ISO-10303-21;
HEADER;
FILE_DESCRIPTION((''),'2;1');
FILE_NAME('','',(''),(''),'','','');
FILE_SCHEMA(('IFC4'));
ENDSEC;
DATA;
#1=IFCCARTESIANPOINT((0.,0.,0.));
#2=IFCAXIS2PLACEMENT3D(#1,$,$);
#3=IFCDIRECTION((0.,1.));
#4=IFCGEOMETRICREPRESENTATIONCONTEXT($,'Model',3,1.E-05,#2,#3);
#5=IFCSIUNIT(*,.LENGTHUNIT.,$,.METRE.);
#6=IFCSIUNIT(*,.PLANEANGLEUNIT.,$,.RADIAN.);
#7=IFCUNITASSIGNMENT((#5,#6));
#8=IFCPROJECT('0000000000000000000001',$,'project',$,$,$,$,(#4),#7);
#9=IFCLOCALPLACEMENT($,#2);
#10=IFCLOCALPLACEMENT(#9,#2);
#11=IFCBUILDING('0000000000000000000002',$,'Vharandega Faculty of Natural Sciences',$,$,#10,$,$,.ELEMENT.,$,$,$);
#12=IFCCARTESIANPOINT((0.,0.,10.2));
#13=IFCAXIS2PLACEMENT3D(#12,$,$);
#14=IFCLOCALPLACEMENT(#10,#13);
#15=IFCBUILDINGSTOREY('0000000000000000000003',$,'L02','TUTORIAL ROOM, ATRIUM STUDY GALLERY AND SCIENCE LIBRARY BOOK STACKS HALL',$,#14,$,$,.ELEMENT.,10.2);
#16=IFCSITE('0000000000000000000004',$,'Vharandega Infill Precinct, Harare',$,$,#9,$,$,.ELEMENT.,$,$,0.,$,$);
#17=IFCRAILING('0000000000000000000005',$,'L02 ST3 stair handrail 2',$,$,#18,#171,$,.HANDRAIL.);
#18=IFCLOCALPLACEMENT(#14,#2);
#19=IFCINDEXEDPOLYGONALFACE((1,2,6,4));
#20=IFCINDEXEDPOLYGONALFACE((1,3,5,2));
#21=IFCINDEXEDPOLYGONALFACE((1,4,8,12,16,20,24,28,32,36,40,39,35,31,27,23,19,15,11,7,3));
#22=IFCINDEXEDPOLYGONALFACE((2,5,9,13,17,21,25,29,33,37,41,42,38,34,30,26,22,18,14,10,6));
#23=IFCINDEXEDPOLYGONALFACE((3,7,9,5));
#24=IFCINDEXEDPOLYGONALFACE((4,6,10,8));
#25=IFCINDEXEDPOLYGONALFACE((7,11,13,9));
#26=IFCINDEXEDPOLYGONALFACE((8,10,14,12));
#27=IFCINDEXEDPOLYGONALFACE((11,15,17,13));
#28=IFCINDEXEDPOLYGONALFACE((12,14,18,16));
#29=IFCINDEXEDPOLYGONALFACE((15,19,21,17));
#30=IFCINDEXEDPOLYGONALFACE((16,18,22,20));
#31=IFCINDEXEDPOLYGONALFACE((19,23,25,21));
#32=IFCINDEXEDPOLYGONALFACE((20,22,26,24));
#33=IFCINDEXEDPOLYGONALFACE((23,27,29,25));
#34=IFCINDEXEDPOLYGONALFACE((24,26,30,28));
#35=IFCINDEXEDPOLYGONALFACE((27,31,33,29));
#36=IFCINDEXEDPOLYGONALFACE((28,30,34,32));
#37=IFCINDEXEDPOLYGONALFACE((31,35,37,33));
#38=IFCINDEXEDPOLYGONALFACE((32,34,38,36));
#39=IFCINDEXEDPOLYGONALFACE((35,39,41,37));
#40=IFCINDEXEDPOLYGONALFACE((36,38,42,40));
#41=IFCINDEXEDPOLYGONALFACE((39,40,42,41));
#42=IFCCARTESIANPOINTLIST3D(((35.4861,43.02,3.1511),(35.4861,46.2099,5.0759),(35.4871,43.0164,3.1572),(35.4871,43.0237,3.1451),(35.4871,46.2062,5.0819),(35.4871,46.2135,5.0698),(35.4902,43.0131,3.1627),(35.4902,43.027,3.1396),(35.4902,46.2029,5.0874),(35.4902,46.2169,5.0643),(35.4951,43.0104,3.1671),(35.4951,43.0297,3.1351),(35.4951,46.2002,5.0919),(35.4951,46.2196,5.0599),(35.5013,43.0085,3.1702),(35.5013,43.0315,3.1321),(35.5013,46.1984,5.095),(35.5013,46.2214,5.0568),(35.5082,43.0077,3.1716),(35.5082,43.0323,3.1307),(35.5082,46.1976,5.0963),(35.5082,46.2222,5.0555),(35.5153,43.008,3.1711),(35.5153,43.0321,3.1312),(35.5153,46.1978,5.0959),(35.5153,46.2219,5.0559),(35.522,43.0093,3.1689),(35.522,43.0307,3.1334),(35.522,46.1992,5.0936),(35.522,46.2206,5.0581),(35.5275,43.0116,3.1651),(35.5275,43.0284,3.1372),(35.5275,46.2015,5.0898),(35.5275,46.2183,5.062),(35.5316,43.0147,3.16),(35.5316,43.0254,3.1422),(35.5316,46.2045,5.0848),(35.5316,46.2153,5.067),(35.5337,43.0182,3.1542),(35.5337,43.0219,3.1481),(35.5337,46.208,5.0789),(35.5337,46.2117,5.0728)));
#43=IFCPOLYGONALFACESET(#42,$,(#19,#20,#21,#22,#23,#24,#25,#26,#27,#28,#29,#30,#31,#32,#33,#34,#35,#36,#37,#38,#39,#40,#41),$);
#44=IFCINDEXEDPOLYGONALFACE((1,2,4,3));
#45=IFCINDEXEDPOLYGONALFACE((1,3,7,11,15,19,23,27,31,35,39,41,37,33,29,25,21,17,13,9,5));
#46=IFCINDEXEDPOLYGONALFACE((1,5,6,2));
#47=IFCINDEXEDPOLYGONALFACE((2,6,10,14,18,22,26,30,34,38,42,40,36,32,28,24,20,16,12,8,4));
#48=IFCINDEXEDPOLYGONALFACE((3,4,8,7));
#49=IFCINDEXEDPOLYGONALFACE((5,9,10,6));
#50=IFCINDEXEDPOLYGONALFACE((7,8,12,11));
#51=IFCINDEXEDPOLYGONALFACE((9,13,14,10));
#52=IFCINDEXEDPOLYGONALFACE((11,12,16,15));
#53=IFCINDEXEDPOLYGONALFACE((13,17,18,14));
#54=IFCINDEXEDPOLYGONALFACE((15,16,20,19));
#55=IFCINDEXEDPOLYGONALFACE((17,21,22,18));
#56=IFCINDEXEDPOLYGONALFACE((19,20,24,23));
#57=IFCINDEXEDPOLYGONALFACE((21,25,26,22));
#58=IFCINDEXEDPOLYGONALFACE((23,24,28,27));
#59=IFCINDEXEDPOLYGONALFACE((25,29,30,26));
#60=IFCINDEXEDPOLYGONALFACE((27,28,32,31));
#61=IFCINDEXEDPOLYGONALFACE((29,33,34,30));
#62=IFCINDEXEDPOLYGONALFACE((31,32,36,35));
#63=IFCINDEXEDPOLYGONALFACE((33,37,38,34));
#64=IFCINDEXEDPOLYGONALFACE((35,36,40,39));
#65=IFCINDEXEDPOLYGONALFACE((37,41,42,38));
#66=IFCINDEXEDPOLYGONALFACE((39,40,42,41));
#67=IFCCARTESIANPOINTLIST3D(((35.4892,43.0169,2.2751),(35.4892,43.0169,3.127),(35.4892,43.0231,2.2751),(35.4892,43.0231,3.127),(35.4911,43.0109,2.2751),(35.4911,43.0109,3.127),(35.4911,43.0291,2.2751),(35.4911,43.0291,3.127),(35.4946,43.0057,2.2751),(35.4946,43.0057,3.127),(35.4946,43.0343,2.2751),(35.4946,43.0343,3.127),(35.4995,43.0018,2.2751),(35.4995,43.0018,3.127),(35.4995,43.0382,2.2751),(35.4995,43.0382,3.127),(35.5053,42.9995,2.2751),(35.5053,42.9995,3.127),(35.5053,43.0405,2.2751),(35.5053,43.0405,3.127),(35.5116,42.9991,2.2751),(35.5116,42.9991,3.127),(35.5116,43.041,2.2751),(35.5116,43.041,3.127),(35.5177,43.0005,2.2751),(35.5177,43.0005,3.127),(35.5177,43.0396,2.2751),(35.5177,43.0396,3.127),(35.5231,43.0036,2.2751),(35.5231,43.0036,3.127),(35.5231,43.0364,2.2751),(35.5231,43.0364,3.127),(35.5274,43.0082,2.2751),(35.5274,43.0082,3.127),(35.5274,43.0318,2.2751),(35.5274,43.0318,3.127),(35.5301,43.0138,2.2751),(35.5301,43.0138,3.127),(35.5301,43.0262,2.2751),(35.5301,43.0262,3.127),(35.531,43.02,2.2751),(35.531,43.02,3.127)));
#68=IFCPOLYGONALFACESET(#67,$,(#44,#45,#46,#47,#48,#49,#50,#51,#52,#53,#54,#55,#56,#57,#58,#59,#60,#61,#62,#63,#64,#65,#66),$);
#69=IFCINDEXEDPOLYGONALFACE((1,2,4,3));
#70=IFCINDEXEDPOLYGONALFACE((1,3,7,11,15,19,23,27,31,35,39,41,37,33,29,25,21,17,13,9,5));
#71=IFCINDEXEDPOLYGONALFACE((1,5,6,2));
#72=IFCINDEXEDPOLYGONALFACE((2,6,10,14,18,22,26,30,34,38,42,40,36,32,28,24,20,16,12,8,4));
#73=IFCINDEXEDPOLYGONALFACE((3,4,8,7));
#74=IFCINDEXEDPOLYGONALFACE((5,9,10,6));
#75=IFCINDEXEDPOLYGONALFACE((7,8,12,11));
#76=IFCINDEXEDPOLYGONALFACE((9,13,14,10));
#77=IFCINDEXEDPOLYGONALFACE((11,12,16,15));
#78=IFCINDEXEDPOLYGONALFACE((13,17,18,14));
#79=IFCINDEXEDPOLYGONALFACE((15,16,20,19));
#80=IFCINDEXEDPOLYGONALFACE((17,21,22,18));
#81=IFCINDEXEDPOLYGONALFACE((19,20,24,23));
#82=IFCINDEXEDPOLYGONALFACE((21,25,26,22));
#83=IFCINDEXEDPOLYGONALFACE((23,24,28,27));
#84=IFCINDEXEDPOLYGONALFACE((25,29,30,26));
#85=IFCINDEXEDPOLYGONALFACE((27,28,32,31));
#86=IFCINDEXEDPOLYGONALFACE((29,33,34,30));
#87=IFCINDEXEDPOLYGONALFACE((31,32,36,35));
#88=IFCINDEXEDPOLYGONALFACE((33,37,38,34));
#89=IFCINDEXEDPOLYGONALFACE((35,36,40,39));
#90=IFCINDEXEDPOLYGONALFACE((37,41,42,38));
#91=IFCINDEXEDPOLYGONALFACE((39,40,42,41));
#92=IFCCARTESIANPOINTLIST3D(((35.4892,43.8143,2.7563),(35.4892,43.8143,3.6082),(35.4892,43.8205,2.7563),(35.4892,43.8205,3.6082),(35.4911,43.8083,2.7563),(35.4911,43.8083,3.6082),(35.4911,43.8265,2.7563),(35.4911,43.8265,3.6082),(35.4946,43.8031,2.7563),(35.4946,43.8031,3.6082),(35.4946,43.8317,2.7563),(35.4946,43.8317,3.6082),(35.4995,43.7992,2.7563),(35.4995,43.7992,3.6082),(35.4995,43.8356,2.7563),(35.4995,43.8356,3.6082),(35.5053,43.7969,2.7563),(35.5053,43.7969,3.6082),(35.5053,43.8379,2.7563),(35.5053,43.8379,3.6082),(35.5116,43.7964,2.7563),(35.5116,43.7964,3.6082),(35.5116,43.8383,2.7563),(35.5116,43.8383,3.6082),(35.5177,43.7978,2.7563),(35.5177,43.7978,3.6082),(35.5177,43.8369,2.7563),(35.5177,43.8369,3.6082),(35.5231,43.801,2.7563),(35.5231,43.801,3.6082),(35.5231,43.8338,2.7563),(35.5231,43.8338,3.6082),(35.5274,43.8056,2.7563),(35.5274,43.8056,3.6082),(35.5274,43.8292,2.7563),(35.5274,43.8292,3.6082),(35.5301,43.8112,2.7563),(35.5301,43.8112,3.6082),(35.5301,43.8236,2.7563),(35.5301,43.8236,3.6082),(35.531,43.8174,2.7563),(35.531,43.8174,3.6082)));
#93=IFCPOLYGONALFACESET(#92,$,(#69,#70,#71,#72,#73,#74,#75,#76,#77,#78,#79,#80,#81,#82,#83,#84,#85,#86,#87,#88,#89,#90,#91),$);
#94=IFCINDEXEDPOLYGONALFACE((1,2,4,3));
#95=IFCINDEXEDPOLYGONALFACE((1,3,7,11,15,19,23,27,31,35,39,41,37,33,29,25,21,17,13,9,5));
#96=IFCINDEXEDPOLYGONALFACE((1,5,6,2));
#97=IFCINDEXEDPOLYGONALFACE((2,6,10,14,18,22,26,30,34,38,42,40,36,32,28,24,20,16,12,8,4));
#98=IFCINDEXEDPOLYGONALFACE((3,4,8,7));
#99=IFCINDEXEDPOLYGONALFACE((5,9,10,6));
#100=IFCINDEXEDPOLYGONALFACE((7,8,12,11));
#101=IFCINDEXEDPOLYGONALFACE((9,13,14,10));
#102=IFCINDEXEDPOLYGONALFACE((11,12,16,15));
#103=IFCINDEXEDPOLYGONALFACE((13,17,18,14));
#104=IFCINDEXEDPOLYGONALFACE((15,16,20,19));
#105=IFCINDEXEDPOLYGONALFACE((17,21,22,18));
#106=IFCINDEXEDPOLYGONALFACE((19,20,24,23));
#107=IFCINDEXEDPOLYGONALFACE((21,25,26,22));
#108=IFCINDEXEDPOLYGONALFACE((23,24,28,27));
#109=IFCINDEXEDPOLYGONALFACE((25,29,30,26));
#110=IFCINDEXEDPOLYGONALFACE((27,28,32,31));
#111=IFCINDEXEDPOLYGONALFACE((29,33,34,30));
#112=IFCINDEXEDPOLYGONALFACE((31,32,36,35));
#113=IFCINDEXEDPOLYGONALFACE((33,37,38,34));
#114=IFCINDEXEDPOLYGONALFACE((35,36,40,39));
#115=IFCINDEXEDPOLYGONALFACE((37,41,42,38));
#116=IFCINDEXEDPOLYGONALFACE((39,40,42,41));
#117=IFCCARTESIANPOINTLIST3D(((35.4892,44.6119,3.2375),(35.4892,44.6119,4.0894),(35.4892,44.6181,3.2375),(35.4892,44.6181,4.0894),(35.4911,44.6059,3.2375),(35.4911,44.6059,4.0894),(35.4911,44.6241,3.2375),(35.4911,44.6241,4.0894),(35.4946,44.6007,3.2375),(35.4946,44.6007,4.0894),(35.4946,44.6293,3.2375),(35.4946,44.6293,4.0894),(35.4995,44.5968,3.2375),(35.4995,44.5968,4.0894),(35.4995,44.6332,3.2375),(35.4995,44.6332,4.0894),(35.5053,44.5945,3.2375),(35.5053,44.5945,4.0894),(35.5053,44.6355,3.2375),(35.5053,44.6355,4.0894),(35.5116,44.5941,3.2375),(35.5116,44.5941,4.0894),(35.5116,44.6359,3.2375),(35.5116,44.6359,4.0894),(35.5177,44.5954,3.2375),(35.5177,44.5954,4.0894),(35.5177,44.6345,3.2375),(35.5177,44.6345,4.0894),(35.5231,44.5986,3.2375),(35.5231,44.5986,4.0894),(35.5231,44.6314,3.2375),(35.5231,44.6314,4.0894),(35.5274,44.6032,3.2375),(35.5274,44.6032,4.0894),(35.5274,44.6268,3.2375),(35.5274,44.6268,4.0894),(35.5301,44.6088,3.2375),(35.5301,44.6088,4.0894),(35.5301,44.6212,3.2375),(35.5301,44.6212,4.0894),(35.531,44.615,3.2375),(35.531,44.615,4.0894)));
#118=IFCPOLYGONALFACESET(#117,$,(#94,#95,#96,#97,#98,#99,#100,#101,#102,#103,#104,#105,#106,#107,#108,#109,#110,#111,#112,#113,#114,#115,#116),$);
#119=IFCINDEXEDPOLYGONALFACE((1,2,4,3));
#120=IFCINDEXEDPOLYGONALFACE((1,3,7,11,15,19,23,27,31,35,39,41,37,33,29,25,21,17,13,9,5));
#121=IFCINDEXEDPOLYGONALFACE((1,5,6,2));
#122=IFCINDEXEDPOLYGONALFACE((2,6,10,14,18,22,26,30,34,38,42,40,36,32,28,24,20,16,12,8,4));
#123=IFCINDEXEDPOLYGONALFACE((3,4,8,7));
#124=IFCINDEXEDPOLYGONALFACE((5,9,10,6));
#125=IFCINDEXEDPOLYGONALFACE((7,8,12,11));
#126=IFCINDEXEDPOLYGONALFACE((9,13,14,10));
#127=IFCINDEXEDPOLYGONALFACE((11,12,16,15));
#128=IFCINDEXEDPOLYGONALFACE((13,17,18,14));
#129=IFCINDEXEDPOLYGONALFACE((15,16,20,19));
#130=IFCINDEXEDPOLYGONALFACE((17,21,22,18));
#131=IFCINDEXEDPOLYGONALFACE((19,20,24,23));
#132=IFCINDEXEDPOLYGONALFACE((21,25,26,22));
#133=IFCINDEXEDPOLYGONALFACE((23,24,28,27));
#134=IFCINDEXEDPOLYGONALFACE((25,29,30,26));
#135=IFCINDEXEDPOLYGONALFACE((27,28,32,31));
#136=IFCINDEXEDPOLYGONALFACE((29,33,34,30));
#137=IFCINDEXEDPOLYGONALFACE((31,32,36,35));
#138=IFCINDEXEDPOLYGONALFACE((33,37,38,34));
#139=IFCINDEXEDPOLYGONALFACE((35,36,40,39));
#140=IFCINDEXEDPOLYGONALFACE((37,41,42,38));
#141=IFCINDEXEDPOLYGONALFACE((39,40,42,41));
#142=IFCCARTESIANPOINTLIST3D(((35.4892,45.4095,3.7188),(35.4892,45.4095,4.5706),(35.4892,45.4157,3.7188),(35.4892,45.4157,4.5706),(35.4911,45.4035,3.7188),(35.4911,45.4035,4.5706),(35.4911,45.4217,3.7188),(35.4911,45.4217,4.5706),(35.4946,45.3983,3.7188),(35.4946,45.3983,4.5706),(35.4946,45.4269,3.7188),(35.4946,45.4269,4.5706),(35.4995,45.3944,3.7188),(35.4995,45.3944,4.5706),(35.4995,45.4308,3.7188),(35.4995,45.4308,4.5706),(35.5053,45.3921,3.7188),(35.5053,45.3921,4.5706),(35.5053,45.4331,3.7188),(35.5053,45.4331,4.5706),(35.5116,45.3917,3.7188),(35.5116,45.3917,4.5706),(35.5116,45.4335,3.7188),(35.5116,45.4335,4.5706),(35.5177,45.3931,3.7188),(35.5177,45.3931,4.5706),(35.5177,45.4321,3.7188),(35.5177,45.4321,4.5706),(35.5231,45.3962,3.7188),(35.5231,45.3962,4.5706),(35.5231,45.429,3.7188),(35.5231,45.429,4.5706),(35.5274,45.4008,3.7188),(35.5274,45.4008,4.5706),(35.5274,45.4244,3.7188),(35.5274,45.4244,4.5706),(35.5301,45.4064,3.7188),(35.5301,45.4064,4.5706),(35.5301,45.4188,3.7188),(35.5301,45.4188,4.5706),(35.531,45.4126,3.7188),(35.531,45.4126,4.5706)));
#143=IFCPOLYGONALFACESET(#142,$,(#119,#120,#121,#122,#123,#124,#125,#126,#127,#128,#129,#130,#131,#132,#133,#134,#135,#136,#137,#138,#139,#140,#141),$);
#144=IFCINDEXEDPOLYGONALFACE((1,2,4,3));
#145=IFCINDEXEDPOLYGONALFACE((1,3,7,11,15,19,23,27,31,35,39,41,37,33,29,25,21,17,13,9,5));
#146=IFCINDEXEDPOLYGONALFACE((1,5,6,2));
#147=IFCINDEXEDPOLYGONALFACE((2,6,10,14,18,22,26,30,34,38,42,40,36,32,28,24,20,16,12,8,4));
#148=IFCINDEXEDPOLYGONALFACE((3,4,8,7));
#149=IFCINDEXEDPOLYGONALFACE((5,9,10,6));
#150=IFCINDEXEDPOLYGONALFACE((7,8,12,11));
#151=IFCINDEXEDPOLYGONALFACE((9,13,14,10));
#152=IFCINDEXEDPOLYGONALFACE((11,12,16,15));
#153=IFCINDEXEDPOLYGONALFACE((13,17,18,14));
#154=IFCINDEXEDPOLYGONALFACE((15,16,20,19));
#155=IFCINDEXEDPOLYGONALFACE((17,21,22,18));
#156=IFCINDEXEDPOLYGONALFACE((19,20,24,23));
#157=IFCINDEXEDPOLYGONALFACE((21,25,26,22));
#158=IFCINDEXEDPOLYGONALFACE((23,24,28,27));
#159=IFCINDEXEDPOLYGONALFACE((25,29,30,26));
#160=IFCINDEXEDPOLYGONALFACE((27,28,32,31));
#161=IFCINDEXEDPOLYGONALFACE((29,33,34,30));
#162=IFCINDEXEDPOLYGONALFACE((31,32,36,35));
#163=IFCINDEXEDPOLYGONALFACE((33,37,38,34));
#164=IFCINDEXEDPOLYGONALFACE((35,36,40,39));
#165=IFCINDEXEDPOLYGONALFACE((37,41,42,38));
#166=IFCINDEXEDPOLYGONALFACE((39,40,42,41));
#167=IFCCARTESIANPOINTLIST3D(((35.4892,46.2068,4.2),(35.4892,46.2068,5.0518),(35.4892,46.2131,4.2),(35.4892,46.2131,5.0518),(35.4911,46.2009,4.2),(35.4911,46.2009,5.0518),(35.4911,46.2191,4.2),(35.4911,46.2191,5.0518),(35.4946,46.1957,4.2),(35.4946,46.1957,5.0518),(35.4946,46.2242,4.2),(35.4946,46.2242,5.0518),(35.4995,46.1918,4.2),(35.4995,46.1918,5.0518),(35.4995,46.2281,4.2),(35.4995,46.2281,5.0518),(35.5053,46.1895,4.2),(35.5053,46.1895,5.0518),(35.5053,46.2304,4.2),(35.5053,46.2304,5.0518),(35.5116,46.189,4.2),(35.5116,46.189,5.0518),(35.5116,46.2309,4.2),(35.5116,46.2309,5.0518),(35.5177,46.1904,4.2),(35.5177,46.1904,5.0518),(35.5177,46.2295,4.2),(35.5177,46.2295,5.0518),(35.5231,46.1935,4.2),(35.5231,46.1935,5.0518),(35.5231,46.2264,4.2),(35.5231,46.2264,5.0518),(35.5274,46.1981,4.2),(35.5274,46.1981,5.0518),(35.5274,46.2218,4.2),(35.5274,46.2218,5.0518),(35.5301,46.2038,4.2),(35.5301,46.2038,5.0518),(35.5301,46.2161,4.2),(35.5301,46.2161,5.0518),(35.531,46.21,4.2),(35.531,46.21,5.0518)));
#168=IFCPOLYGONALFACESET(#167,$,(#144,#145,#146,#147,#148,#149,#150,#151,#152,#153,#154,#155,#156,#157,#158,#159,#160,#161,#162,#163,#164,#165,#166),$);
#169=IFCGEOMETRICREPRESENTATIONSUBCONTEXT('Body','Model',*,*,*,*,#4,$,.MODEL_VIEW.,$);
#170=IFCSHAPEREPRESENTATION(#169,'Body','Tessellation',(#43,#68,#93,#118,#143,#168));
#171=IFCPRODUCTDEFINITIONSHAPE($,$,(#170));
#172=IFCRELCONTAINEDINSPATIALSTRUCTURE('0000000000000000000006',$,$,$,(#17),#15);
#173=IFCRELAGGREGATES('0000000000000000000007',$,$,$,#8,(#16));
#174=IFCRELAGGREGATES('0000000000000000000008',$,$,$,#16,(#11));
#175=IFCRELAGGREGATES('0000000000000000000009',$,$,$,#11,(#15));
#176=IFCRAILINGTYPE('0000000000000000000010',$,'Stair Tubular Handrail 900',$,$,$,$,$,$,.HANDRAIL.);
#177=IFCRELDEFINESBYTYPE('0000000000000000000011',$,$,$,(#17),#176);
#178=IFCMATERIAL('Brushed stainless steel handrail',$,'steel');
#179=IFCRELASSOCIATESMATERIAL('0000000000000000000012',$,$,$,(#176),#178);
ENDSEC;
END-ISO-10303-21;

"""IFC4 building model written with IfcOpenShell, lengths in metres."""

from ifc_helpers import new_model, si_unit, direction, frame, origin, origin_2d, place, context, subcontext, project, spatial, circle, extrude, material, type_object, element, save


model = new_model("IFC4")

# Units and contexts
model_context = context("Model", 3, precision=1e-05, world=origin(), true_north=direction((0.0, 1.0)))
body_context = subcontext(model_context, "Body", "Model", "MODEL_VIEW")
ifc_project = project(units=[si_unit("LENGTHUNIT", "METRE"), si_unit("PLANEANGLEUNIT", "RADIAN")], contexts=[model_context])

# Site, building, storey
site_placement = place(None, origin())
site = spatial("IfcSite", under=ifc_project, at=site_placement, Name="Vharandega Infill Precinct, Harare", CompositionType="ELEMENT", RefElevation=0.0)
building_placement = place(site_placement, origin())
building = spatial("IfcBuilding", under=site, at=building_placement, Name="Vharandega Faculty of Natural Sciences", CompositionType="ELEMENT")
storey_placement = place(building_placement, frame((0.0, 0.0, 10.2)))
storey = spatial("IfcBuildingStorey", under=building, at=storey_placement, Name="L02", Description="TUTORIAL ROOM, ATRIUM STUDY GALLERY AND SCIENCE LIBRARY BOOK STACKS HALL", CompositionType="ELEMENT", Elevation=10.2)

# Railing
ifc_material_1 = material(Name="Brushed stainless steel handrail", Category="steel")
railing_type_1 = type_object("IfcRailingType", Name="Stair Tubular Handrail 900", PredefinedType="HANDRAIL", material=ifc_material_1)
railing_1_placement = place(storey_placement, frame((35.51, 43.02, 2.2751)))
element("IfcRailing", 1, at=railing_1_placement, inside=storey, type_object=railing_type_1, Name="L02 ST3 stair handrail 2", PredefinedType="HANDRAIL", context=body_context, shape_type="SweptSolid", body=[
    extrude(circle(Radius=0.0239, at=origin_2d()), frame((0.0, 0.0, 0.876), z_axis=(0.0, 0.856207, 0.516633), x_axis=(-1.0, 0.0, 0.0)), (0.0, 0.0, 1.0), 3.7256),
    extrude(circle(Radius=0.021, at=origin_2d()), origin(), (0.0, 0.0, 1.0), 0.8518),
    extrude(circle(Radius=0.021, at=origin_2d()), frame((0.0, 0.7974, 0.4812)), (0.0, 0.0, 1.0), 0.8518),
    extrude(circle(Radius=0.021, at=origin_2d()), frame((0.0, 1.595, 0.9624)), (0.0, 0.0, 1.0), 0.8518),
    extrude(circle(Radius=0.021, at=origin_2d()), frame((0.0, 2.3926, 1.4436)), (0.0, 0.0, 1.0), 0.8518),
    extrude(circle(Radius=0.021, at=origin_2d()), frame((0.0, 3.1899, 1.9248)), (0.0, 0.0, 1.0), 0.8518),
])

save(model, "model.ifc")
